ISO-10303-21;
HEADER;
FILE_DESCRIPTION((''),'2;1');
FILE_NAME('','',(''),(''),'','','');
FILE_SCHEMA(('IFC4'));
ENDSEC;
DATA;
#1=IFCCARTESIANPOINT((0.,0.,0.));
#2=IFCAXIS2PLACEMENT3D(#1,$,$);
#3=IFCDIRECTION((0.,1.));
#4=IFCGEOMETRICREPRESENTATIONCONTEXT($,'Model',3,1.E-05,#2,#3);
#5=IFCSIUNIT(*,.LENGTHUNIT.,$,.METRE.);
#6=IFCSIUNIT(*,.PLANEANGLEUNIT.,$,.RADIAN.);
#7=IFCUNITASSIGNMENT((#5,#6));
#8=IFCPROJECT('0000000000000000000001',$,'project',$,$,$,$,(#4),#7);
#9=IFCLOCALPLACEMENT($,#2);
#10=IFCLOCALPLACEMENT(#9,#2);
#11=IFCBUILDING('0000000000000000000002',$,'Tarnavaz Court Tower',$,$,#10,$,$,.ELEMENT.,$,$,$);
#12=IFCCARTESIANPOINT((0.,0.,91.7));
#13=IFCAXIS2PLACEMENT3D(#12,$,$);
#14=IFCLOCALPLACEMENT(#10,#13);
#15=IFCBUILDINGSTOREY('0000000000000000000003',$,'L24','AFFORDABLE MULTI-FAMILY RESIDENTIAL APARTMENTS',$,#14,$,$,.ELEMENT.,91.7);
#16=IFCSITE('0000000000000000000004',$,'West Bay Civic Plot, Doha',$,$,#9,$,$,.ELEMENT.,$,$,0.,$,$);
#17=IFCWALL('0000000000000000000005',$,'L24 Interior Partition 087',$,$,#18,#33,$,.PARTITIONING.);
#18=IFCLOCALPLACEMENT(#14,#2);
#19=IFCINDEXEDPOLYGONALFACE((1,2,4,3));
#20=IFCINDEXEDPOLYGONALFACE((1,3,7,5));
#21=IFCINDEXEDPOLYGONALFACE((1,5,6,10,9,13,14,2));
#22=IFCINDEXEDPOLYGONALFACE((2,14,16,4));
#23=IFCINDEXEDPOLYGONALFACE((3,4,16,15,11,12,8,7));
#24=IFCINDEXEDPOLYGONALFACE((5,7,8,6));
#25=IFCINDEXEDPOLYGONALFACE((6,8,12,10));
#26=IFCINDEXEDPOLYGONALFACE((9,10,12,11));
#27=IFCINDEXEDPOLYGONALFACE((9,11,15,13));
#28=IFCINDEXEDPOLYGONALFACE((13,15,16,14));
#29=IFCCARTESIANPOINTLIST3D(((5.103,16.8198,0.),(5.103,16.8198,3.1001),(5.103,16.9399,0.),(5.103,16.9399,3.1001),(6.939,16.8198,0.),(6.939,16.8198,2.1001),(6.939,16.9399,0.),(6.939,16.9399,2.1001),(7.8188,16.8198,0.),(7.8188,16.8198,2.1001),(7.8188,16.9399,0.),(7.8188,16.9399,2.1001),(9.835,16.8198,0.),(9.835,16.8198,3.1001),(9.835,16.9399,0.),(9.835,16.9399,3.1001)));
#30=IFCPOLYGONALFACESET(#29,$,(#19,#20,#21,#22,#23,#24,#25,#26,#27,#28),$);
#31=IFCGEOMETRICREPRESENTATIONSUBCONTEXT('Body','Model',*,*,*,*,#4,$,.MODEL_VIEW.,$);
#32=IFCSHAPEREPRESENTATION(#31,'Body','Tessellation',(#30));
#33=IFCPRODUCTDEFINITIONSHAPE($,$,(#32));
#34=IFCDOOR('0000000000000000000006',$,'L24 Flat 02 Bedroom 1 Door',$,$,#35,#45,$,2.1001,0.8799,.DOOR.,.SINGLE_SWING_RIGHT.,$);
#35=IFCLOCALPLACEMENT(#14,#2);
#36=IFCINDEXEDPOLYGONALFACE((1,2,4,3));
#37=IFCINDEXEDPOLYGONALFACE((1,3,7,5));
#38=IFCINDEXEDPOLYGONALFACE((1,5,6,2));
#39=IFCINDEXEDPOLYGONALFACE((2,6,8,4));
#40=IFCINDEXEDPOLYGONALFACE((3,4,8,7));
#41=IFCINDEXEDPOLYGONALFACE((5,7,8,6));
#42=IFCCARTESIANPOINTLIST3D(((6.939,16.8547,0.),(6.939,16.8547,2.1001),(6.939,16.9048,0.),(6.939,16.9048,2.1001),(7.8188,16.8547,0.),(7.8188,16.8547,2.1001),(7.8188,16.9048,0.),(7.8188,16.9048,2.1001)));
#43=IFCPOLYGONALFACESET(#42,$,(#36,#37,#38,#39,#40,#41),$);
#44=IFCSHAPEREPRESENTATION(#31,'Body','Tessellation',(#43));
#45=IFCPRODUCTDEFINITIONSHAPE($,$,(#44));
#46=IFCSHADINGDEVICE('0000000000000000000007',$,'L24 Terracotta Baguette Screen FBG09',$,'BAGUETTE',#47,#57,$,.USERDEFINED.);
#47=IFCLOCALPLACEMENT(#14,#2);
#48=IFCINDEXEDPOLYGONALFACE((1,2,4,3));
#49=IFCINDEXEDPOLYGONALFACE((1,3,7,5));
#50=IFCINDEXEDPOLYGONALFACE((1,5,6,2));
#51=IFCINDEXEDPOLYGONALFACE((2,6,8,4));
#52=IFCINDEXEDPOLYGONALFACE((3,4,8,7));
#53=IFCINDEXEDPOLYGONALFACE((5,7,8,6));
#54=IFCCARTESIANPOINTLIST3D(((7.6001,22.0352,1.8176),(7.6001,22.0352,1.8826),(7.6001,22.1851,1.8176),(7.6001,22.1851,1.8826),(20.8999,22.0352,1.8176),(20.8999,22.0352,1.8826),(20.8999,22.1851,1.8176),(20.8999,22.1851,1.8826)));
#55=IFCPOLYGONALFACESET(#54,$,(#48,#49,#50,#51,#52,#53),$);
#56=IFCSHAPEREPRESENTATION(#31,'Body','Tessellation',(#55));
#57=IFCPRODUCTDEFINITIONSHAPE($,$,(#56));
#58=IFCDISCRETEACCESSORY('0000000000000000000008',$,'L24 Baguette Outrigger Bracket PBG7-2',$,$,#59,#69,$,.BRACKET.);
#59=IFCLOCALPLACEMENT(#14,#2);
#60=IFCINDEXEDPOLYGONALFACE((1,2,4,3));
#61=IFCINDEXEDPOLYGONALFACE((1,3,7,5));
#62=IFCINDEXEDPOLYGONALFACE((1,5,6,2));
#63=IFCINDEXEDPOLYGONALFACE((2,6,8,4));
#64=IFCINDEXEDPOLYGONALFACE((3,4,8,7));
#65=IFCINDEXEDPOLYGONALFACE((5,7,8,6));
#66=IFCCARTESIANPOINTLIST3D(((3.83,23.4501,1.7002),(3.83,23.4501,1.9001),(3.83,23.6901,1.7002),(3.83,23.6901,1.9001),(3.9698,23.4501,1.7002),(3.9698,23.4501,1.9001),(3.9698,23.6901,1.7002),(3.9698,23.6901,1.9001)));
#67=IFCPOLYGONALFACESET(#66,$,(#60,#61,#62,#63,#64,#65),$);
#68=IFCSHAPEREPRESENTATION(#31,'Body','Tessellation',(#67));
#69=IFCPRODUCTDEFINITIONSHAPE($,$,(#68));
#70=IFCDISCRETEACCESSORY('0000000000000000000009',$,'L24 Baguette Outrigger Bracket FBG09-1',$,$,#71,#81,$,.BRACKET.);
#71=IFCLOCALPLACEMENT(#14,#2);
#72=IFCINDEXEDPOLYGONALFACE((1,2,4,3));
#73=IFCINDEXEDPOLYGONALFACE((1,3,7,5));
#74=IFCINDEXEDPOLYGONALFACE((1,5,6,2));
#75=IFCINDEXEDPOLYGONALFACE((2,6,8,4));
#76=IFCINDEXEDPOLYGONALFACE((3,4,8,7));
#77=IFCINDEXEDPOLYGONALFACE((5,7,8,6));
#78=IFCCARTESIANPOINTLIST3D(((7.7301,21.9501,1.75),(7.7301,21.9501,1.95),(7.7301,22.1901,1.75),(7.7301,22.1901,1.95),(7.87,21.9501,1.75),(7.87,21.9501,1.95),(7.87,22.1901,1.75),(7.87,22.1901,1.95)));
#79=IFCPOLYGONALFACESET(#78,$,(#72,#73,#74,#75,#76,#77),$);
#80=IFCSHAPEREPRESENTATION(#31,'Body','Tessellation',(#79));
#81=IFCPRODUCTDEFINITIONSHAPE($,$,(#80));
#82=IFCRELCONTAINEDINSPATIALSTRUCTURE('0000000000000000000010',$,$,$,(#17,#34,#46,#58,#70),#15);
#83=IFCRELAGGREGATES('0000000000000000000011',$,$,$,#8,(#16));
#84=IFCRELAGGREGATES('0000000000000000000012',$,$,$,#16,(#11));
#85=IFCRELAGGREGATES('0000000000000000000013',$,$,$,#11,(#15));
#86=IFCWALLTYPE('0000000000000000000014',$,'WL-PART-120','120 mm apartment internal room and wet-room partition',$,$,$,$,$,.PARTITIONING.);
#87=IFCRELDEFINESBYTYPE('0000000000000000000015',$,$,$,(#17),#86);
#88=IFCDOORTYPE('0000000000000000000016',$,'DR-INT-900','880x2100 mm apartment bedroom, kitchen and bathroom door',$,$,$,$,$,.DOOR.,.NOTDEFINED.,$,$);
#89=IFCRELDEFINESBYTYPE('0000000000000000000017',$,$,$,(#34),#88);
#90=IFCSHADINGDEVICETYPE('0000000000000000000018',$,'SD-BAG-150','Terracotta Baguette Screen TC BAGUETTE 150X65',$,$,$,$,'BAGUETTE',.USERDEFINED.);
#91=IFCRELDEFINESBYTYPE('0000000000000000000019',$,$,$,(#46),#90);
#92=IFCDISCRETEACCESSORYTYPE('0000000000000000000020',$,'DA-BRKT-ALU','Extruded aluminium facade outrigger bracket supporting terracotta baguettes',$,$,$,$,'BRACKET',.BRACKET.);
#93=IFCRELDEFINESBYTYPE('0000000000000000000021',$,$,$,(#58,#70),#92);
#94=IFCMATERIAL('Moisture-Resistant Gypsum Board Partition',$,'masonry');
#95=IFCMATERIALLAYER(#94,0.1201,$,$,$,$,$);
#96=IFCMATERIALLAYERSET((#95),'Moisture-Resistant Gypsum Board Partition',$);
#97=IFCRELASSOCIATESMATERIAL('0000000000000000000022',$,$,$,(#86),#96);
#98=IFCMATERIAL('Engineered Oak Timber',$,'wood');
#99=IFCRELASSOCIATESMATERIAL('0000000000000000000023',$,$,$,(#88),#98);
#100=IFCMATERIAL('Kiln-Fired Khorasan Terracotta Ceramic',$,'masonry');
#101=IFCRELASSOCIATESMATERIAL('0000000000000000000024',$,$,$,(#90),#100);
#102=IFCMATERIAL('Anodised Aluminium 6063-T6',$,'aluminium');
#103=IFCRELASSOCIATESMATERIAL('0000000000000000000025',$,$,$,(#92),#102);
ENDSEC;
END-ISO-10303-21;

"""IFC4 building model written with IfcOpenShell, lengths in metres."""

from ifc_helpers import new_model, si_unit, direction, frame, frame_2d, origin, origin_2d, place, context, subcontext, project, spatial, rectangle, extrude, material, layer, layer_set, material_profile, profile_set, type_object, element, fill, save


model = new_model("IFC4")

# Units and contexts
model_context = context("Model", 3, precision=1e-05, world=origin(), true_north=direction((0.0, 1.0)))
body_context = subcontext(model_context, "Body", "Model", "MODEL_VIEW")
ifc_project = project(units=[si_unit("LENGTHUNIT", "METRE"), si_unit("PLANEANGLEUNIT", "RADIAN")], contexts=[model_context])

# Site, building, storey
site_placement = place(None, origin())
site = spatial("IfcSite", under=ifc_project, at=site_placement, Name="West Bay Civic Plot, Doha", CompositionType="ELEMENT", RefElevation=0.0)
building_placement = place(site_placement, origin())
building = spatial("IfcBuilding", under=site, at=building_placement, Name="Tarnavaz Court Tower", CompositionType="ELEMENT")
storey_placement = place(building_placement, frame((0.0, 0.0, 91.7)))
storey = spatial("IfcBuildingStorey", under=building, at=storey_placement, Name="L24", Description="AFFORDABLE MULTI-FAMILY RESIDENTIAL APARTMENTS", CompositionType="ELEMENT", Elevation=91.7)

# Shared definitions
ifc_material_1 = material(Name="Anodised Aluminium 6063-T6", Category="aluminium")

# Wall, opening, door
ifc_material_2 = material(Name="Moisture-Resistant Gypsum Board Partition", Category="masonry")
ifc_layer_1 = layer(ifc_material_2, 0.1201)
ifc_layer_set_1 = layer_set([ifc_layer_1], Name="Moisture-Resistant Gypsum Board Partition")
wall_type_1 = type_object("IfcWallType", Name="WL-PART-120", Description="120 mm apartment internal room and wet-room partition", PredefinedType="PARTITIONING", material=ifc_layer_set_1)
ifc_material_3 = material(Name="Engineered Oak Timber", Category="wood")
door_type = type_object("IfcDoorType", Name="DR-INT-900", Description="880x2100 mm apartment bedroom, kitchen and bathroom door", OperationType="NOTDEFINED", PredefinedType="DOOR", material=ifc_material_3)
wall_1_placement = place(storey_placement, frame((5.103, 16.8799, 0.0), z_axis=(0.0, 0.0, 1.0), x_axis=(1.0, 0.0, 0.0)))
wall_1 = element("IfcWall", 1, at=wall_1_placement, inside=storey, type_object=wall_type_1, Name="L24 Interior Partition 087", PredefinedType="PARTITIONING", context=body_context, shape_type="SweptSolid", body=[
    extrude(rectangle(XDim=4.7319, YDim=0.1201, at=frame_2d((2.366, 0.0))), origin(), (0.0, 0.0, 1.0), 3.1001),
])
opening_1_placement = place(wall_1_placement, frame((1.8359, 0.0, 0.0)))
opening_1 = element("IfcOpeningElement", 2, at=opening_1_placement, cuts=wall_1, PredefinedType="OPENING", context=body_context, shape_type="SweptSolid", body=[
    extrude(rectangle(XDim=0.8799, YDim=2.1001, at=frame_2d((0.4399, 1.05))), frame((0.0, 0.0701, 0.0), z_axis=(0.0, -1.0, 0.0), x_axis=(1.0, 0.0, 0.0)), (0.0, 0.0, 1.0), 0.1401),
])
door_1_placement = place(opening_1_placement, origin())
door_1 = element("IfcDoor", 3, at=door_1_placement, inside=storey, type_object=door_type, Name="L24 Flat 02 Bedroom 1 Door", OperationType="SINGLE_SWING_RIGHT", OverallHeight=2.1001, OverallWidth=0.8799, PredefinedType="DOOR", context=body_context, shape_type="SweptSolid", body=[
    extrude(rectangle(XDim=0.8799, YDim=2.1001, at=frame_2d((0.4399, 1.05))), frame((0.0, 0.0249, 0.0), z_axis=(0.0, -1.0, 0.0), x_axis=(1.0, 0.0, 0.0)), (0.0, 0.0, 1.0), 0.05),
])
fill(opening_1, door_1)

# Shading device
ifc_material_4 = material(Name="Kiln-Fired Khorasan Terracotta Ceramic", Category="masonry")
ifc_material_profile_1 = material_profile(ifc_material_4, rectangle(XDim=0.1499, YDim=0.0649, at=origin_2d()), Name="TC BAGUETTE 150X65")
ifc_profile_set_1 = profile_set([ifc_material_profile_1], Name="Kiln-Fired Khorasan Terracotta Ceramic")
shading_device_type = type_object("IfcShadingDeviceType", Name="SD-BAG-150", Description="Terracotta Baguette Screen TC BAGUETTE 150X65", ElementType="BAGUETTE", PredefinedType="USERDEFINED", material=ifc_profile_set_1)
shading_device_placement = place(storey_placement, frame((7.6001, 22.1101, 1.8501), z_axis=(1.0, 0.0, 0.0), x_axis=(0.0, 1.0, 0.0)))
element("IfcShadingDevice", 4, at=shading_device_placement, inside=storey, type_object=shading_device_type, Name="L24 Terracotta Baguette Screen FBG09", ObjectType="BAGUETTE", PredefinedType="USERDEFINED", context=body_context, shape_type="SweptSolid", body=[
    extrude(rectangle(XDim=0.1499, YDim=0.0649, at=origin_2d()), origin(), (0.0, 0.0, 1.0), 13.2998),
])

# Discrete accessories
discrete_accessory_type = type_object("IfcDiscreteAccessoryType", Name="DA-BRKT-ALU", Description="Extruded aluminium facade outrigger bracket supporting terracotta baguettes", ElementType="BRACKET", PredefinedType="BRACKET", material=ifc_material_1)
for number, where, z_axis, x_axis, name in (
    (5, (3.8999, 23.5701, 1.7002), (0.0, 0.0, 1.0), (1.0, 0.0, 0.0), "L24 Baguette Outrigger Bracket PBG7-2"),
    (6, (7.8, 22.0701, 1.75), (0.0, 0.0, 1.0), (1.0, 0.0, 0.0), "L24 Baguette Outrigger Bracket FBG09-1"),
):
    element("IfcDiscreteAccessory", number, at=place(storey_placement, frame(where, z_axis=z_axis, x_axis=x_axis)), inside=storey, type_object=discrete_accessory_type, Name=name, PredefinedType="BRACKET", context=body_context, shape_type="SweptSolid", body=[
        extrude(rectangle(XDim=0.1399, YDim=0.24, at=origin_2d()), origin(), (0.0, 0.0, 1.0), 0.2),
    ])

save(model, "model.ifc")
